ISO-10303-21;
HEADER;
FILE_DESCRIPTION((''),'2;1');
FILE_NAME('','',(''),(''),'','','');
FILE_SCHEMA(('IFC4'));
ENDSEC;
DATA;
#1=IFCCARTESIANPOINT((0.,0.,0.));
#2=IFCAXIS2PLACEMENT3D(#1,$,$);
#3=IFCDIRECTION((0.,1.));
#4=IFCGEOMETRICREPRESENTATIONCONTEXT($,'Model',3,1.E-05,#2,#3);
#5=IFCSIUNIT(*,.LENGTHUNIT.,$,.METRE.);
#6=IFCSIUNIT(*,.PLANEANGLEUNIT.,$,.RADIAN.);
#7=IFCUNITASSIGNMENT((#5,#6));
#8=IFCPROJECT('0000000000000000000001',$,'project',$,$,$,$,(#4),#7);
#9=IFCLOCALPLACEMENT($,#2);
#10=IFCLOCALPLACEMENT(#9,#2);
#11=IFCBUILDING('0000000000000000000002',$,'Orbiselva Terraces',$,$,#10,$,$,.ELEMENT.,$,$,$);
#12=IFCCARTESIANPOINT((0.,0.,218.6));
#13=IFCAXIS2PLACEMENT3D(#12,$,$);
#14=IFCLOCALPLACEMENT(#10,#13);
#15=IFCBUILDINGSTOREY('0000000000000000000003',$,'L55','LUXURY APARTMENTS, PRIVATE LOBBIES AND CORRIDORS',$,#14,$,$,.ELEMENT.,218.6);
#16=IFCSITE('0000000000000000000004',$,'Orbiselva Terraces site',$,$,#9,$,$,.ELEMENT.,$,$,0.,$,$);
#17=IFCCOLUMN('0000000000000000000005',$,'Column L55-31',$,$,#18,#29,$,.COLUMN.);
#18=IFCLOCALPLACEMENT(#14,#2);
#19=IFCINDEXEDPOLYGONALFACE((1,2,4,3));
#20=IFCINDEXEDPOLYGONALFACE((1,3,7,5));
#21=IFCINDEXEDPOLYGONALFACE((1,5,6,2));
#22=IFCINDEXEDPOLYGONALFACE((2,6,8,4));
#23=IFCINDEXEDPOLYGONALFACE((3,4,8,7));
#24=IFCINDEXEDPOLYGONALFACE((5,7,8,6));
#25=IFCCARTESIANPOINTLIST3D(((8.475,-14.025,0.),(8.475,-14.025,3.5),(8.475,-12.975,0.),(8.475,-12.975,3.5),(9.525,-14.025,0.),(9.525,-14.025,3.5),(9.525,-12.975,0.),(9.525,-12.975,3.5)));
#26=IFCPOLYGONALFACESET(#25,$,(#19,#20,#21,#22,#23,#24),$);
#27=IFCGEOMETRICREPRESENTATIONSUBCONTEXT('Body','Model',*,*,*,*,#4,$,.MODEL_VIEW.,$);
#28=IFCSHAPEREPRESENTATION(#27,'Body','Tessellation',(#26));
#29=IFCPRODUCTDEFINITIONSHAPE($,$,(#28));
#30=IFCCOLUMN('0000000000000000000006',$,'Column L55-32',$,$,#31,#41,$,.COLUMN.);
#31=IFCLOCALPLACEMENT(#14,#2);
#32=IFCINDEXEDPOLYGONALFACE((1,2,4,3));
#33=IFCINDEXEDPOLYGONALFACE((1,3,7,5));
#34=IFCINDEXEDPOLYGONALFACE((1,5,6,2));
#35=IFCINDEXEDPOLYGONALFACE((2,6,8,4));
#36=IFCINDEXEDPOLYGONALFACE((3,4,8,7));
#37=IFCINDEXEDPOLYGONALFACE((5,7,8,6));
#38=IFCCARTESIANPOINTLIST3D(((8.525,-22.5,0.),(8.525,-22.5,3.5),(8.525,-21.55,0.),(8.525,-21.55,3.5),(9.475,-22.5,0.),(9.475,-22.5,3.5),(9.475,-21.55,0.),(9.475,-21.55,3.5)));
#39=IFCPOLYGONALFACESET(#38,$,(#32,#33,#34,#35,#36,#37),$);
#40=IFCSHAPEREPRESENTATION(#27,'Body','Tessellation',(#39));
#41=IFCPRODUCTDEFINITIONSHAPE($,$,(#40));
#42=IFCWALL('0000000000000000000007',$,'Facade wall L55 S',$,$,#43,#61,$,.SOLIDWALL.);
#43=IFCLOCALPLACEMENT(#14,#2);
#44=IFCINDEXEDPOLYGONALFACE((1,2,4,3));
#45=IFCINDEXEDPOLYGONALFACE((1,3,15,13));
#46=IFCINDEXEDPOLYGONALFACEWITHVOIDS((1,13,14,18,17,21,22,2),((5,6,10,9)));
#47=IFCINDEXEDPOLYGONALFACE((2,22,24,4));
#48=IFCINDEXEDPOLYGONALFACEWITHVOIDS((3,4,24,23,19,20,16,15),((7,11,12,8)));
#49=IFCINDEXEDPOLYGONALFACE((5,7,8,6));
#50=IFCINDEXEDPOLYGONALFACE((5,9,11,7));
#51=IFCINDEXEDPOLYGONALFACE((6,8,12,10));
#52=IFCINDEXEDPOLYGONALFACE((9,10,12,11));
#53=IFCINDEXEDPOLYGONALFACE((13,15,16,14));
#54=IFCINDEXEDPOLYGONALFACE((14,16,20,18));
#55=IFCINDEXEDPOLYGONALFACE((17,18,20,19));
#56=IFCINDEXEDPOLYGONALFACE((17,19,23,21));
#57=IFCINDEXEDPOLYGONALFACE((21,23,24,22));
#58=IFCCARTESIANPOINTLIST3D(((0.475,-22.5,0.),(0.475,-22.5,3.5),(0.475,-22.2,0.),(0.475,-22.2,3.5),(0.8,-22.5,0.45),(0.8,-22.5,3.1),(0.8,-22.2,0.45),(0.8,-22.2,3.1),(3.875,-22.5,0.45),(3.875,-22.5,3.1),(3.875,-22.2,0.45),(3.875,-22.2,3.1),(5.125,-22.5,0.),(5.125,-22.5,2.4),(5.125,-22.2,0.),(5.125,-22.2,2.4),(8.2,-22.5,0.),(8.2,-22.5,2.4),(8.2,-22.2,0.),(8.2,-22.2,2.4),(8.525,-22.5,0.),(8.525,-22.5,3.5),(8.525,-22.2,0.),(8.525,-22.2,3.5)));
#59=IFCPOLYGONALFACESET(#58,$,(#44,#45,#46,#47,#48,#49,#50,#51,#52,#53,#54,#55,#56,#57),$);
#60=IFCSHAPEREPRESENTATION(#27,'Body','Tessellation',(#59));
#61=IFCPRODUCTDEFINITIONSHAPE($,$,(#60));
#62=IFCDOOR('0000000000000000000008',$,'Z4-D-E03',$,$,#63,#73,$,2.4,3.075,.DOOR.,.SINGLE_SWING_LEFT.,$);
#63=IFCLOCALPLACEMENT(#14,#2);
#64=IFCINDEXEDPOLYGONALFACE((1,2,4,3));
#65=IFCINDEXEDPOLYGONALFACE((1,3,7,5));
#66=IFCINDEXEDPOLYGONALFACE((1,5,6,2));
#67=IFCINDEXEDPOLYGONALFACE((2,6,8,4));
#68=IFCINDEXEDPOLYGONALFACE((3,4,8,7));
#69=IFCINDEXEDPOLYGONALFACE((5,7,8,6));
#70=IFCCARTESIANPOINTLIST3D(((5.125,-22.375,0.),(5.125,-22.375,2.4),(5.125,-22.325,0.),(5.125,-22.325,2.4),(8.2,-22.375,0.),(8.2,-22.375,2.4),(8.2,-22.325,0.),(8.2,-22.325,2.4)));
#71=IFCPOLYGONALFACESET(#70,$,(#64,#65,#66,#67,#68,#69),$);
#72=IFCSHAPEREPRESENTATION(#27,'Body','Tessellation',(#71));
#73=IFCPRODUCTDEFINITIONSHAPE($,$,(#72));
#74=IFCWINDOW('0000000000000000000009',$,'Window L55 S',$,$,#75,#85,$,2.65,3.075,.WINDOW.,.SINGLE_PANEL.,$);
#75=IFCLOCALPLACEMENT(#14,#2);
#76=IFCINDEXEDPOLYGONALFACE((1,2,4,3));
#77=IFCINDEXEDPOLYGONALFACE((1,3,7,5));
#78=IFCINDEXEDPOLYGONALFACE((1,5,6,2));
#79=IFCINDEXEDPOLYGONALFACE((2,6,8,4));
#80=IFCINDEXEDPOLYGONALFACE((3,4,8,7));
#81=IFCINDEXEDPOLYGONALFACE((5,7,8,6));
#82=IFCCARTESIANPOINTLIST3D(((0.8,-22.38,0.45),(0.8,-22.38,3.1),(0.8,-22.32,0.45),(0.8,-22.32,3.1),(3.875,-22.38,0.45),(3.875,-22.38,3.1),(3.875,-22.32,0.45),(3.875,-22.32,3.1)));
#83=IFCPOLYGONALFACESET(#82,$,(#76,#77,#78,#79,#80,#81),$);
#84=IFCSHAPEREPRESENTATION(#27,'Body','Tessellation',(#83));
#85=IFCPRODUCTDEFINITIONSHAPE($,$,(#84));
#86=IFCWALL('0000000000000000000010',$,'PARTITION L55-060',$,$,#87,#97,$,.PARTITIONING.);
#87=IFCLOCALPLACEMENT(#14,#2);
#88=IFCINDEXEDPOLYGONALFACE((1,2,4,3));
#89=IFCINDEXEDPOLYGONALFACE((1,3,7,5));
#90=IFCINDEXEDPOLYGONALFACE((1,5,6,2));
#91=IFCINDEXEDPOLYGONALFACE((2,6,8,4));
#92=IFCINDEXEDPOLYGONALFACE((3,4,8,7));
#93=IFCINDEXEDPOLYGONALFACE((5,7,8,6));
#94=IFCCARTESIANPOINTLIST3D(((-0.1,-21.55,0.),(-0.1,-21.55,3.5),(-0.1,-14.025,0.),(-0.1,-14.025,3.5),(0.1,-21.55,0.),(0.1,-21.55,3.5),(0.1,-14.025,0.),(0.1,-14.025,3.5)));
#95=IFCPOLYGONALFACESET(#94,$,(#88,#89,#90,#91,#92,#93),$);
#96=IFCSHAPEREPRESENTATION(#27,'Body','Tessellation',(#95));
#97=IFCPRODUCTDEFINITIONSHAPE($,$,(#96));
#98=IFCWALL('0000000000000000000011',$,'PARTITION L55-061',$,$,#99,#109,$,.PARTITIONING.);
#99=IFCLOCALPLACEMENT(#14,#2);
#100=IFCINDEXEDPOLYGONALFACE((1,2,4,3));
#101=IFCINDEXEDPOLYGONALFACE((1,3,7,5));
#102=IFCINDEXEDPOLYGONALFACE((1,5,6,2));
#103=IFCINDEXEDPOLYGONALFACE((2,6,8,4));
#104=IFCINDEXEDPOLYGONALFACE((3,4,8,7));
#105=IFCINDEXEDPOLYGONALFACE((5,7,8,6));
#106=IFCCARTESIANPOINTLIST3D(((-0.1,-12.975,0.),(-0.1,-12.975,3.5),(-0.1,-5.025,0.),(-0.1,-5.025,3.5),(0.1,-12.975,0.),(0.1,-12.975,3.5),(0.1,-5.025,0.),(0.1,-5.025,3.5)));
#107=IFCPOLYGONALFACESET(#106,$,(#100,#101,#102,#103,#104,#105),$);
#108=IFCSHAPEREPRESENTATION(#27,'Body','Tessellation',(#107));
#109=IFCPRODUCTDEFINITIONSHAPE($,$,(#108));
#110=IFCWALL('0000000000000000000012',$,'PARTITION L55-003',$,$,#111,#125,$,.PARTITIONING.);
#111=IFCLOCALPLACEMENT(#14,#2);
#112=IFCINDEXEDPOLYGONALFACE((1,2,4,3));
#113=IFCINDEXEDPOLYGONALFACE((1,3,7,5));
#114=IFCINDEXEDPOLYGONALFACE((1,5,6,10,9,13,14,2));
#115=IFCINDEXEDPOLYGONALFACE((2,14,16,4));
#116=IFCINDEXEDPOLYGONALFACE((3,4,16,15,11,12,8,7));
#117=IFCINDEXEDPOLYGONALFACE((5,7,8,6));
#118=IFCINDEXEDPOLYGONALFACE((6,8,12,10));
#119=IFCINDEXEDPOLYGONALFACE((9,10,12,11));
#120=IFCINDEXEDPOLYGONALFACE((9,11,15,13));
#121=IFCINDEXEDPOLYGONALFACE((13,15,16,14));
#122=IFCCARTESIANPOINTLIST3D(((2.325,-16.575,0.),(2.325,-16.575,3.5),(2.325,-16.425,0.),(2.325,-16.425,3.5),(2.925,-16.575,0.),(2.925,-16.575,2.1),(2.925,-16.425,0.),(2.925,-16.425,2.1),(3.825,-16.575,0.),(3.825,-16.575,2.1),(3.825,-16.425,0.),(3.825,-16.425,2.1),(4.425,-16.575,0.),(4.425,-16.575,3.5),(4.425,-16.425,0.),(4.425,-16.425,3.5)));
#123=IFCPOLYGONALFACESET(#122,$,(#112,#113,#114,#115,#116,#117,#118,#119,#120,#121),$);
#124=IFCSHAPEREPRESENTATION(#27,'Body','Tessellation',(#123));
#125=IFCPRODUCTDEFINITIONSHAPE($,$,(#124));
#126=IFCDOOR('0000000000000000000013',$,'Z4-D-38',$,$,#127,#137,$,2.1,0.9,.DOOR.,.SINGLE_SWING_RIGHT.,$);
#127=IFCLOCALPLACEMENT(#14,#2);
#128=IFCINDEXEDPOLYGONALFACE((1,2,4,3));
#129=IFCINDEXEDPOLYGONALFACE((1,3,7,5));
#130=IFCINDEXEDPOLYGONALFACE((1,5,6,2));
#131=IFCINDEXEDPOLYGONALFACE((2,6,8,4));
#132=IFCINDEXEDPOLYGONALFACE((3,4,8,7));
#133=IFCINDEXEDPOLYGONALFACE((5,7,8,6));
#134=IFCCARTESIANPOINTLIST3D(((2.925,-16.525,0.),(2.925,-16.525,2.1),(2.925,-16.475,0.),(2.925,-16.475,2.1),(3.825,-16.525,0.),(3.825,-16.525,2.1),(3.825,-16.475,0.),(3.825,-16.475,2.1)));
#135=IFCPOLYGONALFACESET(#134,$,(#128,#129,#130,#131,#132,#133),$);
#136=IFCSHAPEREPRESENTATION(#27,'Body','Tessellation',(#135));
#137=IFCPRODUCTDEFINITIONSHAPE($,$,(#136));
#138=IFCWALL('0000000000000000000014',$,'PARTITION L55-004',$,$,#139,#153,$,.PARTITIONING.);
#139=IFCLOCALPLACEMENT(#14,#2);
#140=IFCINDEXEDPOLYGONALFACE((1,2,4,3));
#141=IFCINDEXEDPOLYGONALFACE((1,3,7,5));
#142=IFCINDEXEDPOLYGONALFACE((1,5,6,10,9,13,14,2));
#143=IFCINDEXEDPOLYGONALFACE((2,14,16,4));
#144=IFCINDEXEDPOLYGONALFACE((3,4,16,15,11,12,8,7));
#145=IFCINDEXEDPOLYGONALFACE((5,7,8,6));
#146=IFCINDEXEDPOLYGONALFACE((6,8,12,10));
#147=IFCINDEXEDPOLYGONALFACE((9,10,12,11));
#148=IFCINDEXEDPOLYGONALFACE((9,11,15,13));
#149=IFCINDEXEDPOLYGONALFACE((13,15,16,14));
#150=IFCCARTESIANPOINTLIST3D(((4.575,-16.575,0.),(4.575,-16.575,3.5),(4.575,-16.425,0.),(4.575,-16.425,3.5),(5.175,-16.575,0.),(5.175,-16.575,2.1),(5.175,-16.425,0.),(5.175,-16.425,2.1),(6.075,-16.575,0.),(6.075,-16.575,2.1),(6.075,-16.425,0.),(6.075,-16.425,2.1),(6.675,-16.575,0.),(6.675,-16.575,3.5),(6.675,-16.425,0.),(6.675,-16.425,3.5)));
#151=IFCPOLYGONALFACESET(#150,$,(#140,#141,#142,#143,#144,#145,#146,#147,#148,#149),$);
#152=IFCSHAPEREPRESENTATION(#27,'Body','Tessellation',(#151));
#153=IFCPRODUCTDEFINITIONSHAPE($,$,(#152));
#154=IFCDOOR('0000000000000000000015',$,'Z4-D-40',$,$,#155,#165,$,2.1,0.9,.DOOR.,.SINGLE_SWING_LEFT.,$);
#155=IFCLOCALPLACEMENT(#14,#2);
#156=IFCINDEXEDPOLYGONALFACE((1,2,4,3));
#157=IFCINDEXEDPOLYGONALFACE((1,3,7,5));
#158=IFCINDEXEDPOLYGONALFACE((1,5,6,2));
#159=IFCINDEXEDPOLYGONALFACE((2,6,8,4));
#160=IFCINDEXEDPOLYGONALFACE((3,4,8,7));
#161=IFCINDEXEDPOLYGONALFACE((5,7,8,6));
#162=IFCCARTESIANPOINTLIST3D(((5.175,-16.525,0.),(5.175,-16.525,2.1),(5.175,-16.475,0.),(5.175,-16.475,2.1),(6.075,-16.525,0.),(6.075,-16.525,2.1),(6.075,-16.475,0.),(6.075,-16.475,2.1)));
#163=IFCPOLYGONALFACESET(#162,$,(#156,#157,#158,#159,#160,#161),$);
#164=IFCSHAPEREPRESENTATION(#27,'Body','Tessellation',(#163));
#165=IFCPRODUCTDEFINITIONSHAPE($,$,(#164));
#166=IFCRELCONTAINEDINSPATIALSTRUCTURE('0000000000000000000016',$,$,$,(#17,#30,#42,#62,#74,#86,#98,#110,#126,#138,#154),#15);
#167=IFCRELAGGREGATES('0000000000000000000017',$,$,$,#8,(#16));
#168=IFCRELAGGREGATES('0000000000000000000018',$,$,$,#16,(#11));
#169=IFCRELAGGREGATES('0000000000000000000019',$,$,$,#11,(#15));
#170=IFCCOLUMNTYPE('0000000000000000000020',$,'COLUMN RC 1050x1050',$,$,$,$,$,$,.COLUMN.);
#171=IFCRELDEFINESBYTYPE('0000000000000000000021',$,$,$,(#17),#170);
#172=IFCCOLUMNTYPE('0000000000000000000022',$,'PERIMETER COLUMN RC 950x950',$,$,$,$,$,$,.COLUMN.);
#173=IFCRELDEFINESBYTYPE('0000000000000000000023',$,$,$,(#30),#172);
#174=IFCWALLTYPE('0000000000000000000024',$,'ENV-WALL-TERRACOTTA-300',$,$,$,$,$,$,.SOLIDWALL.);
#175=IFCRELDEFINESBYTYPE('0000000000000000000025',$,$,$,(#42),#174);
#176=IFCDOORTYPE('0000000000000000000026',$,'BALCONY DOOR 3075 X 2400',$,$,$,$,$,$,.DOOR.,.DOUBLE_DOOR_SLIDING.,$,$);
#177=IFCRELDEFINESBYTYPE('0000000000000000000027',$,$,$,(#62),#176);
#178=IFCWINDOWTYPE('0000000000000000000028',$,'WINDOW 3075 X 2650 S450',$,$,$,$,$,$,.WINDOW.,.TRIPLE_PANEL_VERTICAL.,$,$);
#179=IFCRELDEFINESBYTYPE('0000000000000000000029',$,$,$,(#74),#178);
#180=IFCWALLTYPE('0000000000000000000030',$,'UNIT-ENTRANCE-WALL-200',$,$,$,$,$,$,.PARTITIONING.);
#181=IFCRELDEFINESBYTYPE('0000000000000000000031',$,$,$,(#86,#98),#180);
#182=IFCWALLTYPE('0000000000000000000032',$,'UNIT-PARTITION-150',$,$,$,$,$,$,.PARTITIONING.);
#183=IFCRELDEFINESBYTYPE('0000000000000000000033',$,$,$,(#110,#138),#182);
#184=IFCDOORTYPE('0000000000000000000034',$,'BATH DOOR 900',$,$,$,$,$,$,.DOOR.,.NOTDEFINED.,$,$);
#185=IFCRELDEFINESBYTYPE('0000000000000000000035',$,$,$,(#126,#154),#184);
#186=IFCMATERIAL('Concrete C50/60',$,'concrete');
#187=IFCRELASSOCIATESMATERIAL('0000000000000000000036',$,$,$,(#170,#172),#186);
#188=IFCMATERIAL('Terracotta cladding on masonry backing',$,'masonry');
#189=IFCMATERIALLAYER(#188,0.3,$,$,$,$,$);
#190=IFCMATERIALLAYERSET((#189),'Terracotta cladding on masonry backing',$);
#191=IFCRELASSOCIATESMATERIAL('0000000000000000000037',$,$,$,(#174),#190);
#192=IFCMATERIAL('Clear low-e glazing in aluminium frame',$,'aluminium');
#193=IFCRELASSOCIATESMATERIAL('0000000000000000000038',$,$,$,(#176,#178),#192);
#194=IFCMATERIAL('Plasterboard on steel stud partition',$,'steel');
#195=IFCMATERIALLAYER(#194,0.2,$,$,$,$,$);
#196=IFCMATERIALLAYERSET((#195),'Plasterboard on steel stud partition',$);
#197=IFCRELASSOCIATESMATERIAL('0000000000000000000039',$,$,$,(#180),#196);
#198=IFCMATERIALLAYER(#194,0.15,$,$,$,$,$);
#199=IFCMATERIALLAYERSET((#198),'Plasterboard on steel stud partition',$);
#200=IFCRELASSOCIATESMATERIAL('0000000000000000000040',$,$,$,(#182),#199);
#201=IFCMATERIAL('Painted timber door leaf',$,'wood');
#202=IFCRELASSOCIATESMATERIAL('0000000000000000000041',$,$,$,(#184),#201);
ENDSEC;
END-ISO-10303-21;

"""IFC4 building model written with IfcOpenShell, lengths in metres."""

from ifc_helpers import new_model, si_unit, direction, frame, frame_2d, origin, origin_2d, place, context, subcontext, project, spatial, rectangle, extrude, material, layer, layer_set, material_profile, profile_set, type_object, element, fill, save


model = new_model("IFC4")

# Units and contexts
model_context = context("Model", 3, precision=1e-05, world=origin(), true_north=direction((0.0, 1.0)))
body_context = subcontext(model_context, "Body", "Model", "MODEL_VIEW")
ifc_project = project(units=[si_unit("LENGTHUNIT", "METRE"), si_unit("PLANEANGLEUNIT", "RADIAN")], contexts=[model_context])

# Site, building, storey
site_placement = place(None, origin())
site = spatial("IfcSite", under=ifc_project, at=site_placement, Name="Orbiselva Terraces site", CompositionType="ELEMENT", RefElevation=0.0)
building_placement = place(site_placement, origin())
building = spatial("IfcBuilding", under=site, at=building_placement, Name="Orbiselva Terraces", CompositionType="ELEMENT")
storey_placement = place(building_placement, frame((0.0, 0.0, 218.6)))
storey = spatial("IfcBuildingStorey", under=building, at=storey_placement, Name="L55", Description="LUXURY APARTMENTS, PRIVATE LOBBIES AND CORRIDORS", CompositionType="ELEMENT", Elevation=218.6)

# Columns
ifc_material_1 = material(Name="Concrete C50/60", Category="concrete")
ifc_material_profile_1 = material_profile(ifc_material_1, rectangle(XDim=1.05, YDim=1.05, at=origin_2d()), Name="RC 1050x1050")
ifc_profile_set_1 = profile_set([ifc_material_profile_1], Name="Concrete C50/60")
column_type_1 = type_object("IfcColumnType", Name="COLUMN RC 1050x1050", PredefinedType="COLUMN", material=ifc_profile_set_1)
column_1_placement = place(storey_placement, frame((9.0, -13.5, 0.0), z_axis=(0.0, 0.0, 1.0), x_axis=(1.0, 0.0, 0.0)))
element("IfcColumn", 1, at=column_1_placement, inside=storey, type_object=column_type_1, Name="Column L55-31", PredefinedType="COLUMN", context=body_context, shape_type="SweptSolid", body=[
    extrude(rectangle(XDim=1.05, YDim=1.05, at=origin_2d()), origin(), (0.0, 0.0, 1.0), 3.5),
])
ifc_material_profile_2 = material_profile(ifc_material_1, rectangle(XDim=0.95, YDim=0.95, at=origin_2d()), Name="RC 950x950")
ifc_profile_set_2 = profile_set([ifc_material_profile_2], Name="Concrete C50/60")
column_type_2 = type_object("IfcColumnType", Name="PERIMETER COLUMN RC 950x950", PredefinedType="COLUMN", material=ifc_profile_set_2)
column_2_placement = place(storey_placement, frame((9.0, -22.025, 0.0), z_axis=(0.0, 0.0, 1.0), x_axis=(1.0, 0.0, 0.0)))
element("IfcColumn", 2, at=column_2_placement, inside=storey, type_object=column_type_2, Name="Column L55-32", PredefinedType="COLUMN", context=body_context, shape_type="SweptSolid", body=[
    extrude(rectangle(XDim=0.95, YDim=0.95, at=origin_2d()), origin(), (0.0, 0.0, 1.0), 3.5),
])

# Wall, openings, door, window
ifc_material_2 = material(Name="Terracotta cladding on masonry backing", Category="masonry")
ifc_layer_1 = layer(ifc_material_2, 0.3)
ifc_layer_set_1 = layer_set([ifc_layer_1], Name="Terracotta cladding on masonry backing")
wall_type_1 = type_object("IfcWallType", Name="ENV-WALL-TERRACOTTA-300", PredefinedType="SOLIDWALL", material=ifc_layer_set_1)
wall_1_placement = place(storey_placement, frame((8.525, -22.35, 0.0), z_axis=(0.0, 0.0, 1.0), x_axis=(-1.0, 0.0, 0.0)))
wall_1 = element("IfcWall", 3, at=wall_1_placement, inside=storey, type_object=wall_type_1, Name="Facade wall L55 S", PredefinedType="SOLIDWALL", context=body_context, shape_type="SweptSolid", body=[
    extrude(rectangle(XDim=8.05, YDim=0.3, at=frame_2d((4.025, 0.0))), origin(), (0.0, 0.0, 1.0), 3.5),
])
opening_1_placement = place(wall_1_placement, frame((4.65, 0.0, 0.45)))
opening_1 = element("IfcOpeningElement", 4, at=opening_1_placement, cuts=wall_1, PredefinedType="OPENING", context=body_context, shape_type="SweptSolid", body=[
    extrude(rectangle(XDim=3.075, YDim=2.65, at=frame_2d((1.5375, 1.325))), frame((0.0, 0.16, 0.0), z_axis=(0.0, -1.0, 0.0), x_axis=(1.0, 0.0, 0.0)), (0.0, 0.0, 1.0), 0.32),
])
opening_2_placement = place(wall_1_placement, frame((0.325, 0.0, 0.0)))
opening_2 = element("IfcOpeningElement", 5, at=opening_2_placement, cuts=wall_1, PredefinedType="OPENING", context=body_context, shape_type="SweptSolid", body=[
    extrude(rectangle(XDim=3.075, YDim=2.4, at=frame_2d((1.5375, 1.2))), frame((0.0, 0.16, 0.0), z_axis=(0.0, -1.0, 0.0), x_axis=(1.0, 0.0, 0.0)), (0.0, 0.0, 1.0), 0.32),
])
ifc_material_3 = material(Name="Clear low-e glazing in aluminium frame", Category="aluminium")
door_type_1 = type_object("IfcDoorType", Name="BALCONY DOOR 3075 X 2400", OperationType="DOUBLE_DOOR_SLIDING", PredefinedType="DOOR", material=ifc_material_3)
door_1_placement = place(opening_2_placement, origin())
door_1 = element("IfcDoor", 6, at=door_1_placement, inside=storey, type_object=door_type_1, Name="Z4-D-E03", OperationType="SINGLE_SWING_LEFT", OverallHeight=2.4, OverallWidth=3.075, PredefinedType="DOOR", context=body_context, shape_type="SweptSolid", body=[
    extrude(rectangle(XDim=3.075, YDim=2.4, at=frame_2d((1.5375, 1.2))), frame((0.0, 0.025, 0.0), z_axis=(0.0, -1.0, 0.0), x_axis=(1.0, 0.0, 0.0)), (0.0, 0.0, 1.0), 0.05),
])
fill(opening_2, door_1)
window_type = type_object("IfcWindowType", Name="WINDOW 3075 X 2650 S450", PartitioningType="TRIPLE_PANEL_VERTICAL", PredefinedType="WINDOW", material=ifc_material_3)
window_placement = place(opening_1_placement, origin())
window = element("IfcWindow", 7, at=window_placement, inside=storey, type_object=window_type, Name="Window L55 S", OverallHeight=2.65, OverallWidth=3.075, PartitioningType="SINGLE_PANEL", PredefinedType="WINDOW", context=body_context, shape_type="SweptSolid", body=[
    extrude(rectangle(XDim=3.075, YDim=2.65, at=frame_2d((1.5375, 1.325))), frame((0.0, 0.03, 0.0), z_axis=(0.0, -1.0, 0.0), x_axis=(1.0, 0.0, 0.0)), (0.0, 0.0, 1.0), 0.06),
])
fill(opening_1, window)

# Walls
ifc_material_4 = material(Name="Plasterboard on steel stud partition", Category="steel")
ifc_layer_2 = layer(ifc_material_4, 0.2)
ifc_layer_set_2 = layer_set([ifc_layer_2], Name="Plasterboard on steel stud partition")
wall_type_2 = type_object("IfcWallType", Name="UNIT-ENTRANCE-WALL-200", PredefinedType="PARTITIONING", material=ifc_layer_set_2)
wall_2_placement = place(storey_placement, frame((0.0, -21.55, 0.0), z_axis=(0.0, 0.0, 1.0), x_axis=(0.0, 1.0, 0.0)))
element("IfcWall", 8, at=wall_2_placement, inside=storey, type_object=wall_type_2, Name="PARTITION L55-060", PredefinedType="PARTITIONING", context=body_context, shape_type="SweptSolid", body=[
    extrude(rectangle(XDim=7.525, YDim=0.2, at=frame_2d((3.7625, 0.0))), origin(), (0.0, 0.0, 1.0), 3.5),
])
wall_3_placement = place(storey_placement, frame((0.0, -12.975, 0.0), z_axis=(0.0, 0.0, 1.0), x_axis=(0.0, 1.0, 0.0)))
element("IfcWall", 9, at=wall_3_placement, inside=storey, type_object=wall_type_2, Name="PARTITION L55-061", PredefinedType="PARTITIONING", context=body_context, shape_type="SweptSolid", body=[
    extrude(rectangle(XDim=7.95, YDim=0.2, at=frame_2d((3.975, 0.0))), origin(), (0.0, 0.0, 1.0), 3.5),
])

# Walls, openings, doors
ifc_layer_3 = layer(ifc_material_4, 0.15)
ifc_layer_set_3 = layer_set([ifc_layer_3], Name="Plasterboard on steel stud partition")
wall_type_3 = type_object("IfcWallType", Name="UNIT-PARTITION-150", PredefinedType="PARTITIONING", material=ifc_layer_set_3)
wall_4_placement = place(storey_placement, frame((2.325, -16.5, 0.0), z_axis=(0.0, 0.0, 1.0), x_axis=(1.0, 0.0, 0.0)))
wall_4 = element("IfcWall", 10, at=wall_4_placement, inside=storey, type_object=wall_type_3, Name="PARTITION L55-003", PredefinedType="PARTITIONING", context=body_context, shape_type="SweptSolid", body=[
    extrude(rectangle(XDim=2.1, YDim=0.15, at=frame_2d((1.05, 0.0))), origin(), (0.0, 0.0, 1.0), 3.5),
])
opening_3_placement = place(wall_4_placement, frame((0.6, 0.0, 0.0)))
opening_3 = element("IfcOpeningElement", 11, at=opening_3_placement, cuts=wall_4, PredefinedType="OPENING", context=body_context, shape_type="SweptSolid", body=[
    extrude(rectangle(XDim=0.9, YDim=2.1, at=frame_2d((0.45, 1.05))), frame((0.0, 0.085, 0.0), z_axis=(0.0, -1.0, 0.0), x_axis=(1.0, 0.0, 0.0)), (0.0, 0.0, 1.0), 0.17),
])
ifc_material_5 = material(Name="Painted timber door leaf", Category="wood")
door_type_2 = type_object("IfcDoorType", Name="BATH DOOR 900", OperationType="NOTDEFINED", PredefinedType="DOOR", material=ifc_material_5)
door_2_placement = place(opening_3_placement, origin())
door_2 = element("IfcDoor", 12, at=door_2_placement, inside=storey, type_object=door_type_2, Name="Z4-D-38", OperationType="SINGLE_SWING_RIGHT", OverallHeight=2.1, OverallWidth=0.9, PredefinedType="DOOR", context=body_context, shape_type="SweptSolid", body=[
    extrude(rectangle(XDim=0.9, YDim=2.1, at=frame_2d((0.45, 1.05))), frame((0.0, 0.025, 0.0), z_axis=(0.0, -1.0, 0.0), x_axis=(1.0, 0.0, 0.0)), (0.0, 0.0, 1.0), 0.05),
])
fill(opening_3, door_2)
wall_5_placement = place(storey_placement, frame((4.575, -16.5, 0.0), z_axis=(0.0, 0.0, 1.0), x_axis=(1.0, 0.0, 0.0)))
wall_5 = element("IfcWall", 13, at=wall_5_placement, inside=storey, type_object=wall_type_3, Name="PARTITION L55-004", PredefinedType="PARTITIONING", context=body_context, shape_type="SweptSolid", body=[
    extrude(rectangle(XDim=2.1, YDim=0.15, at=frame_2d((1.05, 0.0))), origin(), (0.0, 0.0, 1.0), 3.5),
])
opening_4_placement = place(wall_5_placement, frame((0.6, 0.0, 0.0)))
opening_4 = element("IfcOpeningElement", 14, at=opening_4_placement, cuts=wall_5, PredefinedType="OPENING", context=body_context, shape_type="SweptSolid", body=[
    extrude(rectangle(XDim=0.9, YDim=2.1, at=frame_2d((0.45, 1.05))), frame((0.0, 0.085, 0.0), z_axis=(0.0, -1.0, 0.0), x_axis=(1.0, 0.0, 0.0)), (0.0, 0.0, 1.0), 0.17),
])
door_3_placement = place(opening_4_placement, origin())
door_3 = element("IfcDoor", 15, at=door_3_placement, inside=storey, type_object=door_type_2, Name="Z4-D-40", OperationType="SINGLE_SWING_LEFT", OverallHeight=2.1, OverallWidth=0.9, PredefinedType="DOOR", context=body_context, shape_type="SweptSolid", body=[
    extrude(rectangle(XDim=0.9, YDim=2.1, at=frame_2d((0.45, 1.05))), frame((0.0, 0.025, 0.0), z_axis=(0.0, -1.0, 0.0), x_axis=(1.0, 0.0, 0.0)), (0.0, 0.0, 1.0), 0.05),
])
fill(opening_4, door_3)

save(model, "model.ifc")
